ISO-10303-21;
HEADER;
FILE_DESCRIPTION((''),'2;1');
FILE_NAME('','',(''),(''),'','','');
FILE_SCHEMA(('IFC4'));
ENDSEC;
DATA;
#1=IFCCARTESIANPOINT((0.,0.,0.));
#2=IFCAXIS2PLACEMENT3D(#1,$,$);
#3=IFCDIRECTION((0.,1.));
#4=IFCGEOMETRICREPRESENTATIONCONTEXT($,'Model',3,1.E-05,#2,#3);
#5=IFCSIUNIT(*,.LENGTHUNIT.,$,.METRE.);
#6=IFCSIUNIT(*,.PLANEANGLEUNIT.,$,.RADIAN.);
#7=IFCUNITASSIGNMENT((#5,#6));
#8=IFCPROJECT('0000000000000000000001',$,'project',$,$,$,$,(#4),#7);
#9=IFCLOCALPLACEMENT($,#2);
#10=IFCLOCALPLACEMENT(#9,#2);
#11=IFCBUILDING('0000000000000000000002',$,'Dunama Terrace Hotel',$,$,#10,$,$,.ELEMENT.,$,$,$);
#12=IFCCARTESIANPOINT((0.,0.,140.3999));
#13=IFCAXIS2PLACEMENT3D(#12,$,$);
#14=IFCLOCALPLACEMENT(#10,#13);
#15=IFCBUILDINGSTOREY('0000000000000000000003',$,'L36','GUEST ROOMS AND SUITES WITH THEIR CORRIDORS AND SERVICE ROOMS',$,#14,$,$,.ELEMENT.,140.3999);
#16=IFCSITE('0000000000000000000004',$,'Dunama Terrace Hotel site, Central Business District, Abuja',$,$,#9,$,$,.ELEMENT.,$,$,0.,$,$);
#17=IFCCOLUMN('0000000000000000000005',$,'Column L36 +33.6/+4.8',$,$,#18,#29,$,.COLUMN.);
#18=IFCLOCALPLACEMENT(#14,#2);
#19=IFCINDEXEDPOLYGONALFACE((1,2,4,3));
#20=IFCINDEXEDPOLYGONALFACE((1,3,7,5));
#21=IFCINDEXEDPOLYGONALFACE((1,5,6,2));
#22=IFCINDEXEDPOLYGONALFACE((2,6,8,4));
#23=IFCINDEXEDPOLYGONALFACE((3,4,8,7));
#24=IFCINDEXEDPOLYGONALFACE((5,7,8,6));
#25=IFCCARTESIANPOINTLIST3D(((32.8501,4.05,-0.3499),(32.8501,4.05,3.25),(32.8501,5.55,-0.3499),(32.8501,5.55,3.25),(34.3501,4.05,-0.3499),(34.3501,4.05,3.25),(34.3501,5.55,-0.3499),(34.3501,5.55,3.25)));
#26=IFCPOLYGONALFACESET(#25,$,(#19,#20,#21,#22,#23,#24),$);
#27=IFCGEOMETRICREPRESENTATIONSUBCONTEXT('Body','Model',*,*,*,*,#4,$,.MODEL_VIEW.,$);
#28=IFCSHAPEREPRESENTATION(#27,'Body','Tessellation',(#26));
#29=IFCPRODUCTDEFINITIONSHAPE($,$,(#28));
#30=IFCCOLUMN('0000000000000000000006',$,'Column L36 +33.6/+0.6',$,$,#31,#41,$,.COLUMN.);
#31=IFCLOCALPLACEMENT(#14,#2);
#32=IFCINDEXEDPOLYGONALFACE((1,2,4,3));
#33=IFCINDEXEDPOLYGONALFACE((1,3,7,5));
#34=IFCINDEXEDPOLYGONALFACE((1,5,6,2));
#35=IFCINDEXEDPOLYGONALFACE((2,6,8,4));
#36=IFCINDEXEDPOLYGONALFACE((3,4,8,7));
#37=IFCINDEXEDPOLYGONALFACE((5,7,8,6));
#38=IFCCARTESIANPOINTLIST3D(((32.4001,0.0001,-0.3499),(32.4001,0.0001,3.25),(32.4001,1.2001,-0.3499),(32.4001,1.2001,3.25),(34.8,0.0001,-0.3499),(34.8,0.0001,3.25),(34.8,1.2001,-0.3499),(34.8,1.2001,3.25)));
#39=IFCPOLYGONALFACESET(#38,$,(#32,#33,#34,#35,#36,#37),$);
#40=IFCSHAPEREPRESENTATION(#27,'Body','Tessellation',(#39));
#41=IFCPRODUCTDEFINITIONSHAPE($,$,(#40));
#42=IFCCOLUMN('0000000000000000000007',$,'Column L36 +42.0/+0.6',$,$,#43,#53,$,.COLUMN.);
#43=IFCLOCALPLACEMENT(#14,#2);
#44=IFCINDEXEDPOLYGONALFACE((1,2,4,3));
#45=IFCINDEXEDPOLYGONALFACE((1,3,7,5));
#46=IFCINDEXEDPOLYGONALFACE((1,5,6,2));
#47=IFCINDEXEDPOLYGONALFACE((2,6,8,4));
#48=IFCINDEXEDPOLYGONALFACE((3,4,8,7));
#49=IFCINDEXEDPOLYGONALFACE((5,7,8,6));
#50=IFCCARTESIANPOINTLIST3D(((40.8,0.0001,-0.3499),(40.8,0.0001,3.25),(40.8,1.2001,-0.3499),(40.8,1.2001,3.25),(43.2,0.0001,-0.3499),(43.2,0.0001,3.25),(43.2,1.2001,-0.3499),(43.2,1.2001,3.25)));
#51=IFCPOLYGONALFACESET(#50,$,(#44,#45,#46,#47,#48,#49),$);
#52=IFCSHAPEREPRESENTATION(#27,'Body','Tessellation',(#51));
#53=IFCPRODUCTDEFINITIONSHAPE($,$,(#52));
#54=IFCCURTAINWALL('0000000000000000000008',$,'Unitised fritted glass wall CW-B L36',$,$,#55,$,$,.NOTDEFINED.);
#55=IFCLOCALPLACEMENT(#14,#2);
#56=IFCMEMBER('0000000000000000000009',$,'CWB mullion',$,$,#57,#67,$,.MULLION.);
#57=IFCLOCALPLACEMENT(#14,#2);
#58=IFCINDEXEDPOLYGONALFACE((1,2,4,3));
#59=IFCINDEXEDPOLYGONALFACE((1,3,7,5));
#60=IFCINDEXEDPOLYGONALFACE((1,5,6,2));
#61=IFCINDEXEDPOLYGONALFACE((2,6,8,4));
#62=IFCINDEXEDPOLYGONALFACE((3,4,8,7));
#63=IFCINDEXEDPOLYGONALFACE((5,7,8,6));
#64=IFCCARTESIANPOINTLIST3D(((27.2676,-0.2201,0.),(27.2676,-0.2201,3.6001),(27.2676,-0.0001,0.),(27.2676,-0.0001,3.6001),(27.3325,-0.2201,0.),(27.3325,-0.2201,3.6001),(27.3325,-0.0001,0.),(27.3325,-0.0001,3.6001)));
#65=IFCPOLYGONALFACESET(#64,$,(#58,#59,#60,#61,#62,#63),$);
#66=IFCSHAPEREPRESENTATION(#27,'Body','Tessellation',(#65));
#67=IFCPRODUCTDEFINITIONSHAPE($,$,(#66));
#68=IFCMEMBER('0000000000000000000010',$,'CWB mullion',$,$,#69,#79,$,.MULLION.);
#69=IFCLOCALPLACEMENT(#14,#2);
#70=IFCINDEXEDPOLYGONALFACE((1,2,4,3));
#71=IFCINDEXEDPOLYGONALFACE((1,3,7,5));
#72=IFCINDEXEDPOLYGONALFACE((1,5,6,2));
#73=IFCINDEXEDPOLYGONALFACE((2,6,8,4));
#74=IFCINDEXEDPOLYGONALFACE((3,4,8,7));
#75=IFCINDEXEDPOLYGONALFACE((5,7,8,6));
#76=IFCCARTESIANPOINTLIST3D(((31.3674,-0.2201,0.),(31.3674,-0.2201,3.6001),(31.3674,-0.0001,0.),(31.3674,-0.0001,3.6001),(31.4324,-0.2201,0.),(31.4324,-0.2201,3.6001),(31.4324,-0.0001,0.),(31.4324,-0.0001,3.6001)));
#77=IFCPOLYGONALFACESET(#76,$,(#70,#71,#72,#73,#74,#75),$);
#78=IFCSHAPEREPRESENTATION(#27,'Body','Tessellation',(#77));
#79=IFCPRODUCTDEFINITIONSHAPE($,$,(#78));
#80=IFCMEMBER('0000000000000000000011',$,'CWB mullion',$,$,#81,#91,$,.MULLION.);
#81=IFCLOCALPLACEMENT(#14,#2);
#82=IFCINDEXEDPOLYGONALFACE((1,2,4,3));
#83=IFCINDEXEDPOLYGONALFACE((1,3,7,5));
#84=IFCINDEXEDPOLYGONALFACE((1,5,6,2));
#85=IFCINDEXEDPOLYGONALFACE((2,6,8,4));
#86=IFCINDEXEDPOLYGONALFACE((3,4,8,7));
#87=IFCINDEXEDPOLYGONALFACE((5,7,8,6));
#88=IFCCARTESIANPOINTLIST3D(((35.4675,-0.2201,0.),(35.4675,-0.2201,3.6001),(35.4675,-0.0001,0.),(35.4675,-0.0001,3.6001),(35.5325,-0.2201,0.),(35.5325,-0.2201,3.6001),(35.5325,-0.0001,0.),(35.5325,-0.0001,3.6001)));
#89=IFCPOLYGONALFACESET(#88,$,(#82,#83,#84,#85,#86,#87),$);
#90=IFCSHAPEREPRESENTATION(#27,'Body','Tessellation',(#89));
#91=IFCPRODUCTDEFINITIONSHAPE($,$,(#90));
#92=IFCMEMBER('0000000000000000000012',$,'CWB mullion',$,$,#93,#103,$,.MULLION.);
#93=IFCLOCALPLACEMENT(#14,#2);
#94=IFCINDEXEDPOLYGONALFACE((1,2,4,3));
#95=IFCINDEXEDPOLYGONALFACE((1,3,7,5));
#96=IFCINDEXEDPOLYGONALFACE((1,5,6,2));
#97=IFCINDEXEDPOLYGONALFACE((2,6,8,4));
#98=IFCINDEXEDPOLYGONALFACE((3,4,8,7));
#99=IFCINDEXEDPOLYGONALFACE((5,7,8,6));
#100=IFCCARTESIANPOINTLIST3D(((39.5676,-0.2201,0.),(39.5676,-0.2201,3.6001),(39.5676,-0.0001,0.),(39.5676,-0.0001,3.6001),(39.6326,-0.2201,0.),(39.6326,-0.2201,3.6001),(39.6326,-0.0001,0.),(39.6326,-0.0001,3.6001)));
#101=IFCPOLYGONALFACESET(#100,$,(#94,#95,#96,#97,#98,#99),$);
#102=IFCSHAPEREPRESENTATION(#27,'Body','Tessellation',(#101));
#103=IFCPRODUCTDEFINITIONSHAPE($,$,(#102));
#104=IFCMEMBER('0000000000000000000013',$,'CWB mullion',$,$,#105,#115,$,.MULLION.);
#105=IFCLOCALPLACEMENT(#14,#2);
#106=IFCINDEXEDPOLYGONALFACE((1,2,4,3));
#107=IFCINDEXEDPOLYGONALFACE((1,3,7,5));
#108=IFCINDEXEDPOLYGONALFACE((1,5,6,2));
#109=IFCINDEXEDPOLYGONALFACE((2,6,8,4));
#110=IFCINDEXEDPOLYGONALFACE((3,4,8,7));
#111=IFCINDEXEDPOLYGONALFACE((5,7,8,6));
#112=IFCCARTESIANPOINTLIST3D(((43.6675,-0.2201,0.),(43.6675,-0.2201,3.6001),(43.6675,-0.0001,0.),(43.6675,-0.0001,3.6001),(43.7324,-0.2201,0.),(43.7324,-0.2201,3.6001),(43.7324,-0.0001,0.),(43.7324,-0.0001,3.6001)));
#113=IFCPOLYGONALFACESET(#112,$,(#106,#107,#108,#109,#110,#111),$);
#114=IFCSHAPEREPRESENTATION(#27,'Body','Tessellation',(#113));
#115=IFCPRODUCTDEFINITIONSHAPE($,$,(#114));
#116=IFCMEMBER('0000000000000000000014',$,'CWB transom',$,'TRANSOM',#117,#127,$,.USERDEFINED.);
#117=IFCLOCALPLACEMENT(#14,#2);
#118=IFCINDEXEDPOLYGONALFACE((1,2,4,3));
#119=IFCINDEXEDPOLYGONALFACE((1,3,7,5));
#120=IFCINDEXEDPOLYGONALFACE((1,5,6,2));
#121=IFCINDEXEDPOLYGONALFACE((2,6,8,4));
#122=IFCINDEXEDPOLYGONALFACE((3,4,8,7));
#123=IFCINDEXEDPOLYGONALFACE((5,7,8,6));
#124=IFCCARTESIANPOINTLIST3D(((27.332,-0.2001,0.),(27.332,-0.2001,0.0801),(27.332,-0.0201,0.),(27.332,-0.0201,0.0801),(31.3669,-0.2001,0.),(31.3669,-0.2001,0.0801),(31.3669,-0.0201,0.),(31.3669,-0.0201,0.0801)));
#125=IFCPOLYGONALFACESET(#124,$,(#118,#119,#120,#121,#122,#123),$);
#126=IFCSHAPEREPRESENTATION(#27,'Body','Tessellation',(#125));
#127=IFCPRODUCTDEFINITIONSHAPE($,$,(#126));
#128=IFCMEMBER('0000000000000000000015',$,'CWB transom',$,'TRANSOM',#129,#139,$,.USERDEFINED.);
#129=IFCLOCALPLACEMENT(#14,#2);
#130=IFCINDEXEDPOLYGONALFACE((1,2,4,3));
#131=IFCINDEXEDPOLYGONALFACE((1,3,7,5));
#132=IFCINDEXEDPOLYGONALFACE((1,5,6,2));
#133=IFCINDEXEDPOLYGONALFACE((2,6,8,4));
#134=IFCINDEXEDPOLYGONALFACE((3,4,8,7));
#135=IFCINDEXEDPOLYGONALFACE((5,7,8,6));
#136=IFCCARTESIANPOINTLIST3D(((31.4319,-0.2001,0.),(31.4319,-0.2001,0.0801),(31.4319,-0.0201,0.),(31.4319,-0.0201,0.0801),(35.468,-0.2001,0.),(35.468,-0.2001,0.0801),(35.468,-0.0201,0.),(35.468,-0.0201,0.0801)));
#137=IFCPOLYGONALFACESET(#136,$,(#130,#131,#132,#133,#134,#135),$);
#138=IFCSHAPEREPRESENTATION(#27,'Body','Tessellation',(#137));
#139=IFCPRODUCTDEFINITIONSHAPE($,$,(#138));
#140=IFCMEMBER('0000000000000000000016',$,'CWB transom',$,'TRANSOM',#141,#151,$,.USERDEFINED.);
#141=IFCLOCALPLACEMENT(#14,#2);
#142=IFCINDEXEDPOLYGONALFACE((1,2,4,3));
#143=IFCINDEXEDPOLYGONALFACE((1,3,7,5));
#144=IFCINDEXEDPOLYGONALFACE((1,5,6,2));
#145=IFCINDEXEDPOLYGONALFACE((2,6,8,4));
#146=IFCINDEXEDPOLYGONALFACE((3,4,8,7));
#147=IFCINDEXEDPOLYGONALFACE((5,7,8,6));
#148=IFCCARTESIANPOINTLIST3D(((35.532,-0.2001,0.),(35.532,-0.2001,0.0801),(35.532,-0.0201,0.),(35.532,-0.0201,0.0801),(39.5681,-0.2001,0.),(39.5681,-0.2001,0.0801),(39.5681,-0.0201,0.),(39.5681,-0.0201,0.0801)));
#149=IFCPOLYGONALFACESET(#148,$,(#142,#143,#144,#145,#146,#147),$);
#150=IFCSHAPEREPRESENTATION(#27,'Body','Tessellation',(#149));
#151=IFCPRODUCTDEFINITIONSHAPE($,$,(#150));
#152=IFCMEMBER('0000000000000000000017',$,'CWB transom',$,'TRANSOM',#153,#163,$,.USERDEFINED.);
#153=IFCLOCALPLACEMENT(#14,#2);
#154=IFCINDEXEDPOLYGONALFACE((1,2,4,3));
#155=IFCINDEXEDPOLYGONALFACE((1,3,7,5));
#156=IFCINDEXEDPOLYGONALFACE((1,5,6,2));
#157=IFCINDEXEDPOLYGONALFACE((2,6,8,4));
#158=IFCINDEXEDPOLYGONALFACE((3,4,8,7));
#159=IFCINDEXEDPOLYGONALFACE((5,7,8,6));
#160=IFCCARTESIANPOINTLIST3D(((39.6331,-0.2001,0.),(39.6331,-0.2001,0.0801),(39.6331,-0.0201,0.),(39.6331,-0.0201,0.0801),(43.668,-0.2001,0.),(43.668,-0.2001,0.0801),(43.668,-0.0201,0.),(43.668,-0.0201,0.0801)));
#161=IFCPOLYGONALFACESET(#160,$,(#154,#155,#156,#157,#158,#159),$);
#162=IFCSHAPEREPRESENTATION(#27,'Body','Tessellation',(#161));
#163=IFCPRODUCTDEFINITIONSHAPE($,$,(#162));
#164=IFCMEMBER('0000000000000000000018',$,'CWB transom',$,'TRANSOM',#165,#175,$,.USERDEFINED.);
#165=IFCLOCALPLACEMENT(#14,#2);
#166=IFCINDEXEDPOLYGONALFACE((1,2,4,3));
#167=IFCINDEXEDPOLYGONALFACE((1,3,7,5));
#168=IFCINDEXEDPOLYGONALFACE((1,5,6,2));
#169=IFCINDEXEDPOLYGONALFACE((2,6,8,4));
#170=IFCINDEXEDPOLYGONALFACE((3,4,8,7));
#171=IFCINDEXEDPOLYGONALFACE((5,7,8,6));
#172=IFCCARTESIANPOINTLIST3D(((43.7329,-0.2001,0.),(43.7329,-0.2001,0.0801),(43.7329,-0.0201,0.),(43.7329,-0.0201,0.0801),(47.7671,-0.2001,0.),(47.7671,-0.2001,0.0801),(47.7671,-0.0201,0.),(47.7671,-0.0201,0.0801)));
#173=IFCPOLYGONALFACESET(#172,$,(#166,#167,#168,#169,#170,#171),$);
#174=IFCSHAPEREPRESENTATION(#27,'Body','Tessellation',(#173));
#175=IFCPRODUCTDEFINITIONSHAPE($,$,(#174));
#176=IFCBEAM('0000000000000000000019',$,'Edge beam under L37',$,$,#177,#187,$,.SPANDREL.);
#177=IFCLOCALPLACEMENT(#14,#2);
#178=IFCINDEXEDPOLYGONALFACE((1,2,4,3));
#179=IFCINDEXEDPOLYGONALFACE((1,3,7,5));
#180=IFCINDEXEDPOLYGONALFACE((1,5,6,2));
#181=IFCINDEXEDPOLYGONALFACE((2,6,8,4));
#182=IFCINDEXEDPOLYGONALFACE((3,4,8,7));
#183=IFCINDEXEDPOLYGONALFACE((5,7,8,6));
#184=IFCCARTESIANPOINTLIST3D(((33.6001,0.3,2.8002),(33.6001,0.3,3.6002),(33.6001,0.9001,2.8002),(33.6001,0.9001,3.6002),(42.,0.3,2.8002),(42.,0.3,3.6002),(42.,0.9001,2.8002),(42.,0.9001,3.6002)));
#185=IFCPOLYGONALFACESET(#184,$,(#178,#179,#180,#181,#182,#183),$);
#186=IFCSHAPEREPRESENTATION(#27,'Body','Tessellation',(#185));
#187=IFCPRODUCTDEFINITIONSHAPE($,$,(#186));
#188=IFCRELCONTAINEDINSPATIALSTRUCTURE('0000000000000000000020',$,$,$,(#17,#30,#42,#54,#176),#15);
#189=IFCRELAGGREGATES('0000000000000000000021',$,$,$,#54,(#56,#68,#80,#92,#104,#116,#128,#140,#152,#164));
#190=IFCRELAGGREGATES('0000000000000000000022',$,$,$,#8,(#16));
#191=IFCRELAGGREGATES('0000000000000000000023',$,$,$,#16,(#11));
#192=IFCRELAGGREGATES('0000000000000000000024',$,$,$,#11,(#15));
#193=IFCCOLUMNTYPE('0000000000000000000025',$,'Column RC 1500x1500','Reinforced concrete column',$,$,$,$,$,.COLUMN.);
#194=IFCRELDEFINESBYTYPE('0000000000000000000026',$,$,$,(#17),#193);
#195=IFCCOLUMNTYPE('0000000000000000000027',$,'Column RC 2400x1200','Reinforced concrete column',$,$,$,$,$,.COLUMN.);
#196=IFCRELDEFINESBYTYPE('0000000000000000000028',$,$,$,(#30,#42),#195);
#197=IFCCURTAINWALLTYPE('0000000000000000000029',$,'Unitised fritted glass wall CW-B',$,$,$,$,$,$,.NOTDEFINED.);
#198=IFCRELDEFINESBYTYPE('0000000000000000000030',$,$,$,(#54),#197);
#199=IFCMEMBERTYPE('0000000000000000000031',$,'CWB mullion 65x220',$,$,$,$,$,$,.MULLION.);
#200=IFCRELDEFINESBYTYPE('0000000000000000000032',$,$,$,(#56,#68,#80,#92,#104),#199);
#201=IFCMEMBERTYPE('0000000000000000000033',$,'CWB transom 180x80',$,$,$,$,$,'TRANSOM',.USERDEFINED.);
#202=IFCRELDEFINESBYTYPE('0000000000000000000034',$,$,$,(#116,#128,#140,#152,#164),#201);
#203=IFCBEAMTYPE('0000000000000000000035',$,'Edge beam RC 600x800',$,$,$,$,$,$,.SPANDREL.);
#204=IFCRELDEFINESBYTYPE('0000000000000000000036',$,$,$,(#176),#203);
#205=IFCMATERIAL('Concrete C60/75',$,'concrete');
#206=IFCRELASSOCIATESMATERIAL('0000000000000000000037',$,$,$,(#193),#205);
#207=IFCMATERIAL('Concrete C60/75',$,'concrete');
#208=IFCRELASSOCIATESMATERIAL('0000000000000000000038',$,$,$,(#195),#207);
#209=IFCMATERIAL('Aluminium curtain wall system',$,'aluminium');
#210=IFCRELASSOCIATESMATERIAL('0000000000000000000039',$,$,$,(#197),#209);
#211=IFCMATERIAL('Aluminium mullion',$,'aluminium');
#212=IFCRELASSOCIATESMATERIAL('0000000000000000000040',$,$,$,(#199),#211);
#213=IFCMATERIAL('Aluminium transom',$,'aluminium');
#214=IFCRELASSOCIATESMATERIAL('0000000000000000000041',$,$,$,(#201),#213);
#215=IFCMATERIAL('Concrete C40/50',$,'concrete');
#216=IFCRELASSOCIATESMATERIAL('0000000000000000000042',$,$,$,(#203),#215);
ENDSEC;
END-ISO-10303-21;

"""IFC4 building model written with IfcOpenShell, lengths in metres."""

from ifc_helpers import new_model, si_unit, direction, frame, origin, origin_2d, place, context, subcontext, project, spatial, rectangle, extrude, material, material_profile, profile_set, type_object, element, aggregate, save


model = new_model("IFC4")

# Units and contexts
model_context = context("Model", 3, precision=1e-05, world=origin(), true_north=direction((0.0, 1.0)))
body_context = subcontext(model_context, "Body", "Model", "MODEL_VIEW")
ifc_project = project(units=[si_unit("LENGTHUNIT", "METRE"), si_unit("PLANEANGLEUNIT", "RADIAN")], contexts=[model_context])

# Site, building, storey
site_placement = place(None, origin())
site = spatial("IfcSite", under=ifc_project, at=site_placement, Name="Dunama Terrace Hotel site, Central Business District, Abuja", CompositionType="ELEMENT", RefElevation=0.0)
building_placement = place(site_placement, origin())
building = spatial("IfcBuilding", under=site, at=building_placement, Name="Dunama Terrace Hotel", CompositionType="ELEMENT")
storey_placement = place(building_placement, frame((0.0, 0.0, 140.3999)))
storey = spatial("IfcBuildingStorey", under=building, at=storey_placement, Name="L36", Description="GUEST ROOMS AND SUITES WITH THEIR CORRIDORS AND SERVICE ROOMS", CompositionType="ELEMENT", Elevation=140.3999)

# Columns
ifc_material_1 = material(Name="Concrete C60/75", Category="concrete")
ifc_material_profile_1 = material_profile(ifc_material_1, rectangle(XDim=1.5, YDim=1.5, at=origin_2d()), Name="RC 1500x1500")
ifc_profile_set_1 = profile_set([ifc_material_profile_1], Name="Concrete C60/75")
column_type_1 = type_object("IfcColumnType", Name="Column RC 1500x1500", Description="Reinforced concrete column", PredefinedType="COLUMN", material=ifc_profile_set_1)
column_placement = place(storey_placement, frame((33.6001, 4.8, -0.3499), z_axis=(0.0, 0.0, 1.0), x_axis=(1.0, 0.0, 0.0)))
element("IfcColumn", 1, at=column_placement, inside=storey, type_object=column_type_1, Name="Column L36 +33.6/+4.8", PredefinedType="COLUMN", context=body_context, shape_type="SweptSolid", body=[
    extrude(rectangle(XDim=1.5, YDim=1.5, at=origin_2d()), origin(), (0.0, 0.0, 1.0), 3.5999),
])
ifc_material_2 = material(Name="Concrete C60/75", Category="concrete")
ifc_material_profile_2 = material_profile(ifc_material_2, rectangle(XDim=2.3999, YDim=1.2, at=origin_2d()), Name="RC 2400x1200")
ifc_profile_set_2 = profile_set([ifc_material_profile_2], Name="Concrete C60/75")
column_type_2 = type_object("IfcColumnType", Name="Column RC 2400x1200", Description="Reinforced concrete column", PredefinedType="COLUMN", material=ifc_profile_set_2)
for number, where, z_axis, x_axis, name in (
    (2, (33.6001, 0.6001, -0.3499), (0.0, 0.0, 1.0), (1.0, 0.0, 0.0), "Column L36 +33.6/+0.6"),
    (3, (42.0, 0.6001, -0.3499), (0.0, 0.0, 1.0), (1.0, 0.0, 0.0), "Column L36 +42.0/+0.6"),
):
    element("IfcColumn", number, at=place(storey_placement, frame(where, z_axis=z_axis, x_axis=x_axis)), inside=storey, type_object=column_type_2, Name=name, PredefinedType="COLUMN", context=body_context, shape_type="SweptSolid", body=[
        extrude(rectangle(XDim=2.3999, YDim=1.2, at=origin_2d()), origin(), (0.0, 0.0, 1.0), 3.5999),
    ])

# Curtain wall, members
ifc_material_3 = material(Name="Aluminium curtain wall system", Category="aluminium")
curtain_wall_type = type_object("IfcCurtainWallType", Name="Unitised fritted glass wall CW-B", PredefinedType="NOTDEFINED", material=ifc_material_3)
curtain_wall_placement = place(storey_placement, origin())
curtain_wall = element("IfcCurtainWall", 4, at=curtain_wall_placement, inside=storey, type_object=curtain_wall_type, Name="Unitised fritted glass wall CW-B L36", PredefinedType="NOTDEFINED")
ifc_material_4 = material(Name="Aluminium mullion", Category="aluminium")
ifc_material_profile_3 = material_profile(ifc_material_4, rectangle(XDim=0.0649, YDim=0.22, at=origin_2d()), Name="CWB MULLION 65X220")
ifc_profile_set_3 = profile_set([ifc_material_profile_3], Name="Aluminium mullion")
member_type_1 = type_object("IfcMemberType", Name="CWB mullion 65x220", PredefinedType="MULLION", material=ifc_profile_set_3)
member_1_placement = place(storey_placement, frame((27.3, -0.1101, 0.0), z_axis=(0.0, 0.0, 1.0), x_axis=(1.0, 0.0, 0.0)))
member_1 = element("IfcMember", 5, at=member_1_placement, type_object=member_type_1, Name="CWB mullion", PredefinedType="MULLION", context=body_context, shape_type="SweptSolid", body=[
    extrude(rectangle(XDim=0.0649, YDim=0.22, at=origin_2d()), origin(), (0.0, 0.0, 1.0), 3.6001),
])
member_2_placement = place(storey_placement, frame((31.3999, -0.1101, 0.0), z_axis=(0.0, 0.0, 1.0), x_axis=(1.0, 0.0, 0.0)))
member_2 = element("IfcMember", 6, at=member_2_placement, type_object=member_type_1, Name="CWB mullion", PredefinedType="MULLION", context=body_context, shape_type="SweptSolid", body=[
    extrude(rectangle(XDim=0.0649, YDim=0.22, at=origin_2d()), origin(), (0.0, 0.0, 1.0), 3.6001),
])
member_3_placement = place(storey_placement, frame((35.5, -0.1101, 0.0), z_axis=(0.0, 0.0, 1.0), x_axis=(1.0, 0.0, 0.0)))
member_3 = element("IfcMember", 7, at=member_3_placement, type_object=member_type_1, Name="CWB mullion", PredefinedType="MULLION", context=body_context, shape_type="SweptSolid", body=[
    extrude(rectangle(XDim=0.0649, YDim=0.22, at=origin_2d()), origin(), (0.0, 0.0, 1.0), 3.6001),
])
member_4_placement = place(storey_placement, frame((39.6001, -0.1101, 0.0), z_axis=(0.0, 0.0, 1.0), x_axis=(1.0, 0.0, 0.0)))
member_4 = element("IfcMember", 8, at=member_4_placement, type_object=member_type_1, Name="CWB mullion", PredefinedType="MULLION", context=body_context, shape_type="SweptSolid", body=[
    extrude(rectangle(XDim=0.0649, YDim=0.22, at=origin_2d()), origin(), (0.0, 0.0, 1.0), 3.6001),
])
member_5_placement = place(storey_placement, frame((43.7, -0.1101, 0.0), z_axis=(0.0, 0.0, 1.0), x_axis=(1.0, 0.0, 0.0)))
member_5 = element("IfcMember", 9, at=member_5_placement, type_object=member_type_1, Name="CWB mullion", PredefinedType="MULLION", context=body_context, shape_type="SweptSolid", body=[
    extrude(rectangle(XDim=0.0649, YDim=0.22, at=origin_2d()), origin(), (0.0, 0.0, 1.0), 3.6001),
])
ifc_material_5 = material(Name="Aluminium transom", Category="aluminium")
ifc_material_profile_4 = material_profile(ifc_material_5, rectangle(XDim=0.1799, YDim=0.0801, at=origin_2d()), Name="CWB TRANSOM 180X80")
ifc_profile_set_4 = profile_set([ifc_material_profile_4], Name="Aluminium transom")
member_type_2 = type_object("IfcMemberType", Name="CWB transom 180x80", ElementType="TRANSOM", PredefinedType="USERDEFINED", material=ifc_profile_set_4)
member_6_placement = place(storey_placement, frame((27.332, -0.1101, 0.04), z_axis=(1.0, 0.0, 0.0), x_axis=(0.0, 1.0, 0.0)))
member_6 = element("IfcMember", 10, at=member_6_placement, type_object=member_type_2, Name="CWB transom", ObjectType="TRANSOM", PredefinedType="USERDEFINED", context=body_context, shape_type="SweptSolid", body=[
    extrude(rectangle(XDim=0.1799, YDim=0.0801, at=origin_2d()), origin(), (0.0, 0.0, 1.0), 4.0349),
])
member_7_placement = place(storey_placement, frame((31.4319, -0.1101, 0.04), z_axis=(1.0, 0.0, 0.0), x_axis=(0.0, 1.0, 0.0)))
member_7 = element("IfcMember", 11, at=member_7_placement, type_object=member_type_2, Name="CWB transom", ObjectType="TRANSOM", PredefinedType="USERDEFINED", context=body_context, shape_type="SweptSolid", body=[
    extrude(rectangle(XDim=0.1799, YDim=0.0801, at=origin_2d()), origin(), (0.0, 0.0, 1.0), 4.0361),
])
member_8_placement = place(storey_placement, frame((35.532, -0.1101, 0.04), z_axis=(1.0, 0.0, 0.0), x_axis=(0.0, 1.0, 0.0)))
member_8 = element("IfcMember", 12, at=member_8_placement, type_object=member_type_2, Name="CWB transom", ObjectType="TRANSOM", PredefinedType="USERDEFINED", context=body_context, shape_type="SweptSolid", body=[
    extrude(rectangle(XDim=0.1799, YDim=0.0801, at=origin_2d()), origin(), (0.0, 0.0, 1.0), 4.0361),
])
member_9_placement = place(storey_placement, frame((39.6331, -0.1101, 0.04), z_axis=(1.0, 0.0, 0.0), x_axis=(0.0, 1.0, 0.0)))
member_9 = element("IfcMember", 13, at=member_9_placement, type_object=member_type_2, Name="CWB transom", ObjectType="TRANSOM", PredefinedType="USERDEFINED", context=body_context, shape_type="SweptSolid", body=[
    extrude(rectangle(XDim=0.1799, YDim=0.0801, at=origin_2d()), origin(), (0.0, 0.0, 1.0), 4.0349),
])
member_10_placement = place(storey_placement, frame((43.7329, -0.1101, 0.04), z_axis=(1.0, 0.0, 0.0), x_axis=(0.0, 1.0, 0.0)))
member_10 = element("IfcMember", 14, at=member_10_placement, type_object=member_type_2, Name="CWB transom", ObjectType="TRANSOM", PredefinedType="USERDEFINED", context=body_context, shape_type="SweptSolid", body=[
    extrude(rectangle(XDim=0.1799, YDim=0.0801, at=origin_2d()), origin(), (0.0, 0.0, 1.0), 4.0342),
])

# Beam
ifc_material_6 = material(Name="Concrete C40/50", Category="concrete")
ifc_material_profile_5 = material_profile(ifc_material_6, rectangle(XDim=0.6001, YDim=0.8, at=origin_2d()), Name="RC 600x800")
ifc_profile_set_5 = profile_set([ifc_material_profile_5], Name="Concrete C40/50")
beam_type = type_object("IfcBeamType", Name="Edge beam RC 600x800", PredefinedType="SPANDREL", material=ifc_profile_set_5)
for number, where, z_axis, x_axis, name in (
    (15, (33.6001, 0.6001, 3.2002), (1.0, 0.0, 0.0), (0.0, 1.0, 0.0), "Edge beam under L37"),
):
    element("IfcBeam", number, at=place(storey_placement, frame(where, z_axis=z_axis, x_axis=x_axis)), inside=storey, type_object=beam_type, Name=name, PredefinedType="SPANDREL", context=body_context, shape_type="SweptSolid", body=[
        extrude(rectangle(XDim=0.6001, YDim=0.8, at=origin_2d()), origin(), (0.0, 0.0, 1.0), 8.3999),
    ])

aggregate(curtain_wall, [member_1, member_2, member_3, member_4, member_5, member_6, member_7, member_8, member_9, member_10])

save(model, "model.ifc")
